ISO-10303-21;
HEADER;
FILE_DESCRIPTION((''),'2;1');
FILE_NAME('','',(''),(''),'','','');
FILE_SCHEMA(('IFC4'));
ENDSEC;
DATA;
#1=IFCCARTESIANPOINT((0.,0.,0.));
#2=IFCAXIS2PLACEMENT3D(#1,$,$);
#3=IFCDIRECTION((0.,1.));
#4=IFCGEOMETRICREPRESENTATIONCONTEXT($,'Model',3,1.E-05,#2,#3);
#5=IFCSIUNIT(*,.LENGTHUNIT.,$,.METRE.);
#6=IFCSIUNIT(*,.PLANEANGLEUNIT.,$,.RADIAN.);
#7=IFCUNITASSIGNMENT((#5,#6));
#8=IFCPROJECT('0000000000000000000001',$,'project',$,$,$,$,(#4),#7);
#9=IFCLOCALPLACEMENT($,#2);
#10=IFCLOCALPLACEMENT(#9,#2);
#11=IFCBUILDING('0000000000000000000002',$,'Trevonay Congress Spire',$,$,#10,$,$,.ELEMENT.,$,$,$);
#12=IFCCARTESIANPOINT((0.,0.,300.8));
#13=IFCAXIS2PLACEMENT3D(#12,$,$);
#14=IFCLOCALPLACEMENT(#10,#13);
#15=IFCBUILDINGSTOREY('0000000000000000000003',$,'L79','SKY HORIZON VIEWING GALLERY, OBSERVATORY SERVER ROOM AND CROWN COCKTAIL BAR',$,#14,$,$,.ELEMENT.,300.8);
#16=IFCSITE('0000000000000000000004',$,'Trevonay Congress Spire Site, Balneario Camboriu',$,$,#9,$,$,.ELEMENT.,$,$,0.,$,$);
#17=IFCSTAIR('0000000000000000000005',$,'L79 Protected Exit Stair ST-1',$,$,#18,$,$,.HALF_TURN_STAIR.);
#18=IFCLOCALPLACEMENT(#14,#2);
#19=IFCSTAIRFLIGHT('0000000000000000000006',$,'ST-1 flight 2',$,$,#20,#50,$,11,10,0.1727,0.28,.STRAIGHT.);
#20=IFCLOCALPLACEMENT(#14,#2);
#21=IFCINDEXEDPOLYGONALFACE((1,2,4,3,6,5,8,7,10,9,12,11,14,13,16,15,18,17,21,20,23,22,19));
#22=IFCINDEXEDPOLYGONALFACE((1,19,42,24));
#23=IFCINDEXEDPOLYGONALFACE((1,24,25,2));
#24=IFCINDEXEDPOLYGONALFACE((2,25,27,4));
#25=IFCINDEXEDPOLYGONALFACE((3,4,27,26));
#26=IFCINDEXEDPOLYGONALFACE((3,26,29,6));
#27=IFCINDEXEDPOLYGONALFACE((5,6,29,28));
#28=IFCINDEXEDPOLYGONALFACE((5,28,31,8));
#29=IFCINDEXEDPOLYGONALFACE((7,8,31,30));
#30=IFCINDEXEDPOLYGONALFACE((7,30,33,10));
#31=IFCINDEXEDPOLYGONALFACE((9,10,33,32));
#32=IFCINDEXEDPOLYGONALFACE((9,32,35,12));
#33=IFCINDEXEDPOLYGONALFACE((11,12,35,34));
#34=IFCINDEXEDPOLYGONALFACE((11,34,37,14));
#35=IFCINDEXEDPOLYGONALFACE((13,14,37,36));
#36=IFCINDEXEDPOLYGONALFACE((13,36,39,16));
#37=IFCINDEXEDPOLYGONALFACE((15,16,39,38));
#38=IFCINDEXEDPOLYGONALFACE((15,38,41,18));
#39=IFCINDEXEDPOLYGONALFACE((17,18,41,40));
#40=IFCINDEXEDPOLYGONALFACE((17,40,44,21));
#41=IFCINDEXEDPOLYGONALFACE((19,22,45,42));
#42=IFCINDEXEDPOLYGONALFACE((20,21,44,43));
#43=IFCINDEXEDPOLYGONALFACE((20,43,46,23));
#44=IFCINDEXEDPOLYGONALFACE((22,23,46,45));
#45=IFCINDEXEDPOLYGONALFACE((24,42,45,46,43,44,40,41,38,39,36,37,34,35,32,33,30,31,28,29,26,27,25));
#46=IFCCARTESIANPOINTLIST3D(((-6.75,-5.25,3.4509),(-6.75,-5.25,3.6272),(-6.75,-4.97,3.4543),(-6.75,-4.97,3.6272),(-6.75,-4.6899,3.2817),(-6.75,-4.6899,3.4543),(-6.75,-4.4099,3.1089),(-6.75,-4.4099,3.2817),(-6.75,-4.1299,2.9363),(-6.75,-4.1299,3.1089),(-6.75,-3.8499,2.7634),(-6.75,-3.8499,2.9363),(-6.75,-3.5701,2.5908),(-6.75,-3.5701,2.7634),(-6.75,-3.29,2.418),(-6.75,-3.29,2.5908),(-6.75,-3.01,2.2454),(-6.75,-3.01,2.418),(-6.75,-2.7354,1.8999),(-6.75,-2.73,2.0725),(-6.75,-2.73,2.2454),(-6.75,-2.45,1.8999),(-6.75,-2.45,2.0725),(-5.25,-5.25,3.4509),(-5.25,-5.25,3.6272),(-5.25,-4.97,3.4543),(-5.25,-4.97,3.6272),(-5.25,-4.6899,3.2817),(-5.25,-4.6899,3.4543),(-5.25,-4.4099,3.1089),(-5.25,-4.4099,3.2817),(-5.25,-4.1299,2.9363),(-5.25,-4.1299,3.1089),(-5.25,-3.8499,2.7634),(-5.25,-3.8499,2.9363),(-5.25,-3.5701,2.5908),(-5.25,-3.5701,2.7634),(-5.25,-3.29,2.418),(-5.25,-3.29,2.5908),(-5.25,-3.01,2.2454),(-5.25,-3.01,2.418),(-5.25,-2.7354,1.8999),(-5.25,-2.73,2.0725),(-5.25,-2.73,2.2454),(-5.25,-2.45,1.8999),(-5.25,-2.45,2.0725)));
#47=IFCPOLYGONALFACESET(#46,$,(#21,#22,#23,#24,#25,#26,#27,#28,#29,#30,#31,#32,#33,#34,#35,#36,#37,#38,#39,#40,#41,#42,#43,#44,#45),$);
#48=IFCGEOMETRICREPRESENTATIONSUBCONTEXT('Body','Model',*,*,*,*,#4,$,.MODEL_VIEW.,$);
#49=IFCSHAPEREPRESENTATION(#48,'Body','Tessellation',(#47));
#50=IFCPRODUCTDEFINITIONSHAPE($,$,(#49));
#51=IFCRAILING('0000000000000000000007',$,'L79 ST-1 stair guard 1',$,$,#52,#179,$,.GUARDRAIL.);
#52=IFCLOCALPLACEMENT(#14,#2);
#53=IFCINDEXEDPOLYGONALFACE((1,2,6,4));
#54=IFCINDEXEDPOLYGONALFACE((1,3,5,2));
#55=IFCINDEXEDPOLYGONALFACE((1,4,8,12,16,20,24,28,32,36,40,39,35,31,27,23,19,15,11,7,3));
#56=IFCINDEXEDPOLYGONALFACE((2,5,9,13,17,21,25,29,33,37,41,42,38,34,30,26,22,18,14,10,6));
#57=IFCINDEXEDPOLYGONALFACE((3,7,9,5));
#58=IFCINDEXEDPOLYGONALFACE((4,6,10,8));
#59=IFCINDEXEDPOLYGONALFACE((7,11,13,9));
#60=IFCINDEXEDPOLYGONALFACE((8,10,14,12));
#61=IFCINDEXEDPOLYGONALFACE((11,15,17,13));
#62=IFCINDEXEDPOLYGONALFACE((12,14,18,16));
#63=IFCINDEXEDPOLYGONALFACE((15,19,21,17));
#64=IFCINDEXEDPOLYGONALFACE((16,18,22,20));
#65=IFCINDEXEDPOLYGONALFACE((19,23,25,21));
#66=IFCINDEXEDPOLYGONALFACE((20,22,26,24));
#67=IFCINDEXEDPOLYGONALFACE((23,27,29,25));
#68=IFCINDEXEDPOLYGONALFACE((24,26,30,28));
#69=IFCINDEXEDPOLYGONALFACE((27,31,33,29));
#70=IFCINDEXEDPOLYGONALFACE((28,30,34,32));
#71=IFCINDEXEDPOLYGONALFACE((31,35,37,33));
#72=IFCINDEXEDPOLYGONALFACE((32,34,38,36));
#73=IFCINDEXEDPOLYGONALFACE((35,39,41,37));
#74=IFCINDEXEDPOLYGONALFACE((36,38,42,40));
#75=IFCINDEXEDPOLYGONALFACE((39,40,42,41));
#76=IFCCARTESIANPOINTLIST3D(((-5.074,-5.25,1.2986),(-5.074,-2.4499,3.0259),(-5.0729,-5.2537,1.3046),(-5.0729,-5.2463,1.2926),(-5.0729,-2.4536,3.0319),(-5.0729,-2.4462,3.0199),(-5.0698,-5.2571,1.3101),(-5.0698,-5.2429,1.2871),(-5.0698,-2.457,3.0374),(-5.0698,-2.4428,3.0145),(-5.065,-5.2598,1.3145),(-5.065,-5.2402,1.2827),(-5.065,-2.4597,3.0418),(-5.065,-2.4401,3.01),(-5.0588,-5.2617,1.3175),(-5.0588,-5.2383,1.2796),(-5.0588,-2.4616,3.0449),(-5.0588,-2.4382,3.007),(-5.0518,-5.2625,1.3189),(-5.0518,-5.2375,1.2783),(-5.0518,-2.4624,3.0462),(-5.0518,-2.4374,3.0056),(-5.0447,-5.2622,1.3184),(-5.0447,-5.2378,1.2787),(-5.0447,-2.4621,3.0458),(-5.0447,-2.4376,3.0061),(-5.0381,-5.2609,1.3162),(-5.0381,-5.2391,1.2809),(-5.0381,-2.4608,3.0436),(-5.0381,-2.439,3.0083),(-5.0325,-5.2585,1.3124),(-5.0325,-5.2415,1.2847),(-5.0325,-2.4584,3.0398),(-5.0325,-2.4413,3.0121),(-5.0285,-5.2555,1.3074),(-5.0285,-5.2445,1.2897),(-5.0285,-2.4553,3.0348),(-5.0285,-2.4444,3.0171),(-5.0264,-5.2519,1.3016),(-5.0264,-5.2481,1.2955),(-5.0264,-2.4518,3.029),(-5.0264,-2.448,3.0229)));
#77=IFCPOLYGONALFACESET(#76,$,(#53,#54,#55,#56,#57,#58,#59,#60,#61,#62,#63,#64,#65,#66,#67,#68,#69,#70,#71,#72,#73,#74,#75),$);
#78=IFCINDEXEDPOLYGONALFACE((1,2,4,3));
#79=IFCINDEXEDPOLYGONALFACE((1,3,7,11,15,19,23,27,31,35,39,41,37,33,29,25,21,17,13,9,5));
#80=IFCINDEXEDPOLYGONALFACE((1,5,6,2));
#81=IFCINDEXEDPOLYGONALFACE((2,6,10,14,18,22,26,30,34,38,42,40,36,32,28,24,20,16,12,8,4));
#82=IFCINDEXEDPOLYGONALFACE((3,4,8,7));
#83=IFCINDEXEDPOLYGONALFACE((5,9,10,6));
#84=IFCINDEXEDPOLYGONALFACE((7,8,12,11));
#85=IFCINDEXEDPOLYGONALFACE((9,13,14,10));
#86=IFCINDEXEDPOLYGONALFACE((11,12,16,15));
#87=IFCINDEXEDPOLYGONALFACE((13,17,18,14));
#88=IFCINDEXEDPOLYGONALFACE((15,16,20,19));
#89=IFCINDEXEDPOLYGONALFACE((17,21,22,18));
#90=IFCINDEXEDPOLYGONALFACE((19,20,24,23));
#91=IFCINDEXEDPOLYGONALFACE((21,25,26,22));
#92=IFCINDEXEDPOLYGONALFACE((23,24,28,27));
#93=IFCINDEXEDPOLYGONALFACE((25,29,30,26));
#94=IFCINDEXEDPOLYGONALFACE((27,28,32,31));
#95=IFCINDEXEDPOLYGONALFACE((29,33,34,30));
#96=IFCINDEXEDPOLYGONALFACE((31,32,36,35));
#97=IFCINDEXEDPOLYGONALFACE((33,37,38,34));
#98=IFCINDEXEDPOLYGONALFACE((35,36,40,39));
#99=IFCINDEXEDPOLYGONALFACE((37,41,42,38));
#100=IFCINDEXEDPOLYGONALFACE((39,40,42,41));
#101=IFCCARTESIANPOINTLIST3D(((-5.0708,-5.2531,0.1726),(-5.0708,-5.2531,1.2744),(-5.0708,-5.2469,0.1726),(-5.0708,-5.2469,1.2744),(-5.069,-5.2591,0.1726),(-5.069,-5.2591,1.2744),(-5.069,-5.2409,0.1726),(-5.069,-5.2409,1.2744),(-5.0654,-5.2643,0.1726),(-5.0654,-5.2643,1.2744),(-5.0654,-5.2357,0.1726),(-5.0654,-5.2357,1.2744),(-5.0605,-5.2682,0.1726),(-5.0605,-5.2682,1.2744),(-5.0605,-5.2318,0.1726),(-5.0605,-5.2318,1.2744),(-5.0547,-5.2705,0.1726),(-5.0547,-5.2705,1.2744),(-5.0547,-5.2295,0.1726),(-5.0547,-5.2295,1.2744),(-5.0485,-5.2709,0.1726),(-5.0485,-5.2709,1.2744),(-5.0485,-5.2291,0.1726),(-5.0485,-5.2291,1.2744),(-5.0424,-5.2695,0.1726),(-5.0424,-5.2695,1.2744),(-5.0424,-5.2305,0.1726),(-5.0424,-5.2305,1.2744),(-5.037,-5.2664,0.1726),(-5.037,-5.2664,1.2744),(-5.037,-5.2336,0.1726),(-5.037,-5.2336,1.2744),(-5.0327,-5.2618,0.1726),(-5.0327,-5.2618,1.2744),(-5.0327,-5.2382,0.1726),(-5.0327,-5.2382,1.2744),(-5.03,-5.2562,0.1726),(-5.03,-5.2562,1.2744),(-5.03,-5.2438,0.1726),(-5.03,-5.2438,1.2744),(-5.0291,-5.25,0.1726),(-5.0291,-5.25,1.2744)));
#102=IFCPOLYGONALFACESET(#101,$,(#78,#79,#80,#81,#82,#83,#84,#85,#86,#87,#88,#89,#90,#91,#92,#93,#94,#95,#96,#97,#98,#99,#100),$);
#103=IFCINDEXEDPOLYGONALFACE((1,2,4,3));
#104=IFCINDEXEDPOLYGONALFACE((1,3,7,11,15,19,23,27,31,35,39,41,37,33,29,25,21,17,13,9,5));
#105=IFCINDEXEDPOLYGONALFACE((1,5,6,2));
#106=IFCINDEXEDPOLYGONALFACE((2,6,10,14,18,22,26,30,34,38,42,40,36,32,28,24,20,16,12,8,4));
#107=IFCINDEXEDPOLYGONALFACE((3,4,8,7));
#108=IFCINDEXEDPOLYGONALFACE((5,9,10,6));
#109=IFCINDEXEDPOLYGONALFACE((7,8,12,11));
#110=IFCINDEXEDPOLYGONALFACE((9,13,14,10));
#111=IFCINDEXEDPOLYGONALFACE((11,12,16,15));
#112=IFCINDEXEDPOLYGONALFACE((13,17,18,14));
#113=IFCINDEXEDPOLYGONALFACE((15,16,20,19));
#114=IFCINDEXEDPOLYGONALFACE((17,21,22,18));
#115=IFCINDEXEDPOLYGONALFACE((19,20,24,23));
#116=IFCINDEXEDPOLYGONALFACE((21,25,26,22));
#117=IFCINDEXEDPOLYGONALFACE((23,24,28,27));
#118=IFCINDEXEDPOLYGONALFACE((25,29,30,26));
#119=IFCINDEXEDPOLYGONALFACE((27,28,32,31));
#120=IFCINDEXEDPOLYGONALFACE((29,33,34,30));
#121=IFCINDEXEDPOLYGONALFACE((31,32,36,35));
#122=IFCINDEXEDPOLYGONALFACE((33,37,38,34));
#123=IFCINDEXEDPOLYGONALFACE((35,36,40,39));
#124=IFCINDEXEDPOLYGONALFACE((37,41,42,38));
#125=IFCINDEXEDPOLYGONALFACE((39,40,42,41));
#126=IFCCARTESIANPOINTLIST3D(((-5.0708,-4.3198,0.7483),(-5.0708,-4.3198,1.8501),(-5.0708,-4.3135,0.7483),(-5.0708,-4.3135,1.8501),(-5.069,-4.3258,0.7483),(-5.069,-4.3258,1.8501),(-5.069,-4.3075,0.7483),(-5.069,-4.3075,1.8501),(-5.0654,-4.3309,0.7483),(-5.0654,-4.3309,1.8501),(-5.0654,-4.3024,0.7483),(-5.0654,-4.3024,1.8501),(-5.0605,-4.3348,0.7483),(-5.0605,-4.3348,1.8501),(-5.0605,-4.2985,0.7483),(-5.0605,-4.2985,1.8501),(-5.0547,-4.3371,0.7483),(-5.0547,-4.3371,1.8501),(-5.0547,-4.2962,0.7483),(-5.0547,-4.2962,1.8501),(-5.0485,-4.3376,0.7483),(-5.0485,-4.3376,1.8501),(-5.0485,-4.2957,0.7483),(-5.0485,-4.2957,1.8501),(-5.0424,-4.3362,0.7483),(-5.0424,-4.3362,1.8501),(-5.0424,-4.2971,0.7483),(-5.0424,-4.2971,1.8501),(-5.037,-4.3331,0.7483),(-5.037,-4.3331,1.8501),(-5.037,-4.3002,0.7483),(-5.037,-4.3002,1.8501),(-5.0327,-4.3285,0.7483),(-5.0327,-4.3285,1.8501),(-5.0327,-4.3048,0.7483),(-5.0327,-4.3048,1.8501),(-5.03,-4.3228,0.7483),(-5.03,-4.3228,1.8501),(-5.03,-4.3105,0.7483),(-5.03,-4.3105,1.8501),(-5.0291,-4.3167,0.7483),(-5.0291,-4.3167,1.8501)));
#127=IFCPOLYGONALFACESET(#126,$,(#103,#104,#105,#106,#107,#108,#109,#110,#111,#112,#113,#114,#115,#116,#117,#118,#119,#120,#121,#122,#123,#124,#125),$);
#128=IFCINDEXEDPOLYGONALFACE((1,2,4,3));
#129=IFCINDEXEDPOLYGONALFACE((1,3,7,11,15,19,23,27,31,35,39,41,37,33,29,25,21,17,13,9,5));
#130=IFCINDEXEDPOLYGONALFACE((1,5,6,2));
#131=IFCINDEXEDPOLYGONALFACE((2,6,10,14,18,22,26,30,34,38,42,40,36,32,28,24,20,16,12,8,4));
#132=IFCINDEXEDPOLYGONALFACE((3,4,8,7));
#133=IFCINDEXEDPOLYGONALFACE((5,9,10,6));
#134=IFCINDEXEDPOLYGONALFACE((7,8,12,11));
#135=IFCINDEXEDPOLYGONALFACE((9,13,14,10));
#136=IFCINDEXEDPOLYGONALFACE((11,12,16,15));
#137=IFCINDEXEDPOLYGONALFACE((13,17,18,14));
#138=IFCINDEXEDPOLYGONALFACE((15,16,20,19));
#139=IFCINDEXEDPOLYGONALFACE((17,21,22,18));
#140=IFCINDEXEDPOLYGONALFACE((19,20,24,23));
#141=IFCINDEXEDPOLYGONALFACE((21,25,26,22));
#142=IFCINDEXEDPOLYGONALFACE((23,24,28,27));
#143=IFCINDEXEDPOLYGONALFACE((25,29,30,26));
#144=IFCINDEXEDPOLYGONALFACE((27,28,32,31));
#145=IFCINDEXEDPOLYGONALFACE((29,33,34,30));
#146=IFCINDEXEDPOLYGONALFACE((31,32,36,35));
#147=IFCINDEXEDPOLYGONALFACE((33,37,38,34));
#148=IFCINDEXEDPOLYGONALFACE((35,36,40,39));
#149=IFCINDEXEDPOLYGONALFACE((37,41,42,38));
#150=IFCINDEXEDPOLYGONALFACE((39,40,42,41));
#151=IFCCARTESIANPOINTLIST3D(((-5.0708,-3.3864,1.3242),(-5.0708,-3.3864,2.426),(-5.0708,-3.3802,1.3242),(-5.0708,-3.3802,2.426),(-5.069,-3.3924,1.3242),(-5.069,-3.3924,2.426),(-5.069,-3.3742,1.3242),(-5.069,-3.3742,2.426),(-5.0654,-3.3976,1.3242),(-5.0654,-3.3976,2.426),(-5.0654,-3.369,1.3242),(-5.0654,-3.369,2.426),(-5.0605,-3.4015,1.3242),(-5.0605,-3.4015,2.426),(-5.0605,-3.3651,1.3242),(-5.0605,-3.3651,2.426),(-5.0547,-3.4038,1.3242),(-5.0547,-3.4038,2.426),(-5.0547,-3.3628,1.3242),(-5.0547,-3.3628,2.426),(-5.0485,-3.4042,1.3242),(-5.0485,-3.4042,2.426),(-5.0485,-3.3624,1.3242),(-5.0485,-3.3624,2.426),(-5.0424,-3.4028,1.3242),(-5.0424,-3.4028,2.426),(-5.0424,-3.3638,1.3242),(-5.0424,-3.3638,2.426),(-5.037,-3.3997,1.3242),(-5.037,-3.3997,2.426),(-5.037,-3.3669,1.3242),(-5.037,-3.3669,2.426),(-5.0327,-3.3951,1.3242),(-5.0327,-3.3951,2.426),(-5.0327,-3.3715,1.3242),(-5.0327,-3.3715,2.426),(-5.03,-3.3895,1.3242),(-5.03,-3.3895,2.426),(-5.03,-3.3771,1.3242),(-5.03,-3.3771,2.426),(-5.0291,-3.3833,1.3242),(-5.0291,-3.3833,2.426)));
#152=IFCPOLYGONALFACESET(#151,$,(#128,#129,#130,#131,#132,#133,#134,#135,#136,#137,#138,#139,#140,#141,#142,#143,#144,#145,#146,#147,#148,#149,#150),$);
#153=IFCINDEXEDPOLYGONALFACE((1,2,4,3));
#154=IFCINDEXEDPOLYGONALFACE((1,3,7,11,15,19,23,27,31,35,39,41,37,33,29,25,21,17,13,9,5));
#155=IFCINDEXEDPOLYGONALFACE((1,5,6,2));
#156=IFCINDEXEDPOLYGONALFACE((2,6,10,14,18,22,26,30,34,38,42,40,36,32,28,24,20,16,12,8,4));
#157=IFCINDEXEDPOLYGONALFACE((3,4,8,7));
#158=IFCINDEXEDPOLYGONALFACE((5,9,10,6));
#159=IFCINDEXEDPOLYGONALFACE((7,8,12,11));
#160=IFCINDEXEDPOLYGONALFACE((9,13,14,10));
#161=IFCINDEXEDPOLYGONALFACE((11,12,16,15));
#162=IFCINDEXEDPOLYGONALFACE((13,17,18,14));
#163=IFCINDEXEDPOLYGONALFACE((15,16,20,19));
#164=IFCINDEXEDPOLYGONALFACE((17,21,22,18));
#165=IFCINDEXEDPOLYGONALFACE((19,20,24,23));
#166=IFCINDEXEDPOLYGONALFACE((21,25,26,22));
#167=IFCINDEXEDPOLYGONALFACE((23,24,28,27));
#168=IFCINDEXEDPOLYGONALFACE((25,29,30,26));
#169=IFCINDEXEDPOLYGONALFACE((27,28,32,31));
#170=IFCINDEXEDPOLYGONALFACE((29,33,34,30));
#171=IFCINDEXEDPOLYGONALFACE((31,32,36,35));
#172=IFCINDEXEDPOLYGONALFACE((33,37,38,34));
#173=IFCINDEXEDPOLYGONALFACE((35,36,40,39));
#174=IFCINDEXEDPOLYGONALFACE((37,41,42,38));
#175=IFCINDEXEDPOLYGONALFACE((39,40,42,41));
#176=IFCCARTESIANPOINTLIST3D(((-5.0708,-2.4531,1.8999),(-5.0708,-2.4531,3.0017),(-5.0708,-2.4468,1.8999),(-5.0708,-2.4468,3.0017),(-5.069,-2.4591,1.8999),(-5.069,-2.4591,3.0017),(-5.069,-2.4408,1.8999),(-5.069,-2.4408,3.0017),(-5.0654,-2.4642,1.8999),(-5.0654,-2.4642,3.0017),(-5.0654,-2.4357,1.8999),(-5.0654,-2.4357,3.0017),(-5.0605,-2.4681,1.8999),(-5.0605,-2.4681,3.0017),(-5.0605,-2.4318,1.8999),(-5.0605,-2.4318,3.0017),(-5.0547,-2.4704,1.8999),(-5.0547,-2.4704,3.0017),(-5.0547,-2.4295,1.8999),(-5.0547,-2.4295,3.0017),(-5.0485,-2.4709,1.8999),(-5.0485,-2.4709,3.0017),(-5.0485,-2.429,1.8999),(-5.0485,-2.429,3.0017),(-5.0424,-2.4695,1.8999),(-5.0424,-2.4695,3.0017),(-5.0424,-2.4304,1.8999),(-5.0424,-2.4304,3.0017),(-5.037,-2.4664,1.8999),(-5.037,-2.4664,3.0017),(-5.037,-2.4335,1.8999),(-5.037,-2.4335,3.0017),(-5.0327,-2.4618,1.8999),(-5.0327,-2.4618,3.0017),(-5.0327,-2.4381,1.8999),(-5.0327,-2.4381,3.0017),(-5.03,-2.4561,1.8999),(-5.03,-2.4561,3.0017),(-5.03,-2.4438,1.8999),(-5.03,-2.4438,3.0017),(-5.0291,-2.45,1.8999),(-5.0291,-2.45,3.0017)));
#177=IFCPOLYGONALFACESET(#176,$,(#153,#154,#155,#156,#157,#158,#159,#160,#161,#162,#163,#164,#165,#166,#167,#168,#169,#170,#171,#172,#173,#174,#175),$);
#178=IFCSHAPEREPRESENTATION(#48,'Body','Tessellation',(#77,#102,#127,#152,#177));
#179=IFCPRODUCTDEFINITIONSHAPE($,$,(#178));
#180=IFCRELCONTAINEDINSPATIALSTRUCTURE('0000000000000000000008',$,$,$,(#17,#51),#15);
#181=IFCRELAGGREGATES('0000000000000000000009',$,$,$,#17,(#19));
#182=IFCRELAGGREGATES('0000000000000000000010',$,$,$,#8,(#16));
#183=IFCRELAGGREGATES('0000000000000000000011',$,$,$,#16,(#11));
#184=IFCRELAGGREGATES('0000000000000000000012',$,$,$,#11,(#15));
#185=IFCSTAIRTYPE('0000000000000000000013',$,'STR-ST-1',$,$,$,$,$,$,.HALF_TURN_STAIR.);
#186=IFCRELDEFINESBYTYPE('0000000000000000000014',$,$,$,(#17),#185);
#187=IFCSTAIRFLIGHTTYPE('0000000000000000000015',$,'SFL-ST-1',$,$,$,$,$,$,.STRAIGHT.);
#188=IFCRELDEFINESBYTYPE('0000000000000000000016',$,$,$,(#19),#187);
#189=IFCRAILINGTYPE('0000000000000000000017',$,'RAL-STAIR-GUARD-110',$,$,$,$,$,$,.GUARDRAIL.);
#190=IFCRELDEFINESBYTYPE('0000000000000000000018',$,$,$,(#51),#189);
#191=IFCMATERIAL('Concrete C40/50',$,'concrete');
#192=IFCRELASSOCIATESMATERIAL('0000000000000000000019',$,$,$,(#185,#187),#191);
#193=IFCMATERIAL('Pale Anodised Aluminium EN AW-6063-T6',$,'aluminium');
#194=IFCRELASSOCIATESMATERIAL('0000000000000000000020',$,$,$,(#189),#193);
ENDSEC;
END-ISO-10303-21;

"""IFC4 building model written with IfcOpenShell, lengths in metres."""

from ifc_helpers import new_model, si_unit, direction, frame, origin, origin_2d, place, context, subcontext, project, spatial, polyline, circle, outline, extrude, material, type_object, element, aggregate, save


model = new_model("IFC4")

# Units and contexts
model_context = context("Model", 3, precision=1e-05, world=origin(), true_north=direction((0.0, 1.0)))
body_context = subcontext(model_context, "Body", "Model", "MODEL_VIEW")
ifc_project = project(units=[si_unit("LENGTHUNIT", "METRE"), si_unit("PLANEANGLEUNIT", "RADIAN")], contexts=[model_context])

# Site, building, storey
site_placement = place(None, origin())
site = spatial("IfcSite", under=ifc_project, at=site_placement, Name="Trevonay Congress Spire Site, Balneario Camboriu", CompositionType="ELEMENT", RefElevation=0.0)
building_placement = place(site_placement, origin())
building = spatial("IfcBuilding", under=site, at=building_placement, Name="Trevonay Congress Spire", CompositionType="ELEMENT")
storey_placement = place(building_placement, frame((0.0, 0.0, 300.8)))
storey = spatial("IfcBuildingStorey", under=building, at=storey_placement, Name="L79", Description="SKY HORIZON VIEWING GALLERY, OBSERVATORY SERVER ROOM AND CROWN COCKTAIL BAR", CompositionType="ELEMENT", Elevation=300.8)

# Shared definitions
ifc_material_1 = material(Name="Concrete C40/50", Category="concrete")

# Stair, stair flight
stair_type = type_object("IfcStairType", Name="STR-ST-1", PredefinedType="HALF_TURN_STAIR", material=ifc_material_1)
stair_placement = place(storey_placement, origin())
stair = element("IfcStair", 1, at=stair_placement, inside=storey, type_object=stair_type, Name="L79 Protected Exit Stair ST-1", PredefinedType="HALF_TURN_STAIR")
stair_flight_type = type_object("IfcStairFlightType", Name="SFL-ST-1", PredefinedType="STRAIGHT", material=ifc_material_1)
stair_flight_1_placement = place(storey_placement, frame((-6.0, -2.45, 1.8999), z_axis=(0.0, 0.0, 1.0), x_axis=(0.0, -1.0, 0.0)))
stair_flight_1 = element("IfcStairFlight", 2, at=stair_flight_1_placement, type_object=stair_flight_type, Name="ST-1 flight 2", NumberOfRisers=11, NumberOfTreads=10, PredefinedType="STRAIGHT", RiserHeight=0.1727, TreadLength=0.28, context=body_context, shape_type="SweptSolid", body=[
    extrude(outline(polyline([(0.0, 0.0), (0.0, 0.1726), (0.28, 0.1726), (0.28, 0.3455), (0.5601, 0.3455), (0.5601, 0.5181), (0.8401, 0.5181), (0.8401, 0.6909), (1.1201, 0.6909), (1.1201, 0.8635), (1.3999, 0.8635), (1.3999, 1.0364), (1.6799, 1.0364), (1.6799, 1.209), (1.96, 1.209), (1.96, 1.3818), (2.24, 1.3818), (2.24, 1.5544), (2.52, 1.5544), (2.52, 1.7273), (2.8, 1.7273), (2.8, 1.8999), (2.8, 1.551), (0.2854, 0.0), (0.0, 0.0)])), frame((0.0, 0.75, 0.0), z_axis=(0.0, -1.0, 0.0), x_axis=(1.0, 0.0, 0.0)), (0.0, 0.0, 1.0), 1.5),
])
aggregate(stair, [stair_flight_1])

# Railing
ifc_material_2 = material(Name="Pale Anodised Aluminium EN AW-6063-T6", Category="aluminium")
railing_type_1 = type_object("IfcRailingType", Name="RAL-STAIR-GUARD-110", PredefinedType="GUARDRAIL", material=ifc_material_2)
railing_1_placement = place(storey_placement, frame((-5.05, -5.25, 0.1726)))
element("IfcRailing", 3, at=railing_1_placement, inside=storey, type_object=railing_type_1, Name="L79 ST-1 stair guard 1", PredefinedType="GUARDRAIL", context=body_context, shape_type="SweptSolid", body=[
    extrude(circle(Radius=0.0239, at=origin_2d()), frame((0.0, 0.0, 1.126), z_axis=(0.0, 0.85109, 0.52502), x_axis=(-1.0, 0.0, 0.0)), (0.0, 0.0, 1.0), 3.29),
    extrude(circle(Radius=0.021, at=origin_2d()), origin(), (0.0, 0.0, 1.0), 1.1018),
    extrude(circle(Radius=0.021, at=origin_2d()), frame((0.0, 0.9333, 0.5757)), (0.0, 0.0, 1.0), 1.1018),
    extrude(circle(Radius=0.021, at=origin_2d()), frame((0.0, 1.8667, 1.1516)), (0.0, 0.0, 1.0), 1.1018),
    extrude(circle(Radius=0.021, at=origin_2d()), frame((0.0, 2.8, 1.7273)), (0.0, 0.0, 1.0), 1.1018),
])

save(model, "model.ifc")
